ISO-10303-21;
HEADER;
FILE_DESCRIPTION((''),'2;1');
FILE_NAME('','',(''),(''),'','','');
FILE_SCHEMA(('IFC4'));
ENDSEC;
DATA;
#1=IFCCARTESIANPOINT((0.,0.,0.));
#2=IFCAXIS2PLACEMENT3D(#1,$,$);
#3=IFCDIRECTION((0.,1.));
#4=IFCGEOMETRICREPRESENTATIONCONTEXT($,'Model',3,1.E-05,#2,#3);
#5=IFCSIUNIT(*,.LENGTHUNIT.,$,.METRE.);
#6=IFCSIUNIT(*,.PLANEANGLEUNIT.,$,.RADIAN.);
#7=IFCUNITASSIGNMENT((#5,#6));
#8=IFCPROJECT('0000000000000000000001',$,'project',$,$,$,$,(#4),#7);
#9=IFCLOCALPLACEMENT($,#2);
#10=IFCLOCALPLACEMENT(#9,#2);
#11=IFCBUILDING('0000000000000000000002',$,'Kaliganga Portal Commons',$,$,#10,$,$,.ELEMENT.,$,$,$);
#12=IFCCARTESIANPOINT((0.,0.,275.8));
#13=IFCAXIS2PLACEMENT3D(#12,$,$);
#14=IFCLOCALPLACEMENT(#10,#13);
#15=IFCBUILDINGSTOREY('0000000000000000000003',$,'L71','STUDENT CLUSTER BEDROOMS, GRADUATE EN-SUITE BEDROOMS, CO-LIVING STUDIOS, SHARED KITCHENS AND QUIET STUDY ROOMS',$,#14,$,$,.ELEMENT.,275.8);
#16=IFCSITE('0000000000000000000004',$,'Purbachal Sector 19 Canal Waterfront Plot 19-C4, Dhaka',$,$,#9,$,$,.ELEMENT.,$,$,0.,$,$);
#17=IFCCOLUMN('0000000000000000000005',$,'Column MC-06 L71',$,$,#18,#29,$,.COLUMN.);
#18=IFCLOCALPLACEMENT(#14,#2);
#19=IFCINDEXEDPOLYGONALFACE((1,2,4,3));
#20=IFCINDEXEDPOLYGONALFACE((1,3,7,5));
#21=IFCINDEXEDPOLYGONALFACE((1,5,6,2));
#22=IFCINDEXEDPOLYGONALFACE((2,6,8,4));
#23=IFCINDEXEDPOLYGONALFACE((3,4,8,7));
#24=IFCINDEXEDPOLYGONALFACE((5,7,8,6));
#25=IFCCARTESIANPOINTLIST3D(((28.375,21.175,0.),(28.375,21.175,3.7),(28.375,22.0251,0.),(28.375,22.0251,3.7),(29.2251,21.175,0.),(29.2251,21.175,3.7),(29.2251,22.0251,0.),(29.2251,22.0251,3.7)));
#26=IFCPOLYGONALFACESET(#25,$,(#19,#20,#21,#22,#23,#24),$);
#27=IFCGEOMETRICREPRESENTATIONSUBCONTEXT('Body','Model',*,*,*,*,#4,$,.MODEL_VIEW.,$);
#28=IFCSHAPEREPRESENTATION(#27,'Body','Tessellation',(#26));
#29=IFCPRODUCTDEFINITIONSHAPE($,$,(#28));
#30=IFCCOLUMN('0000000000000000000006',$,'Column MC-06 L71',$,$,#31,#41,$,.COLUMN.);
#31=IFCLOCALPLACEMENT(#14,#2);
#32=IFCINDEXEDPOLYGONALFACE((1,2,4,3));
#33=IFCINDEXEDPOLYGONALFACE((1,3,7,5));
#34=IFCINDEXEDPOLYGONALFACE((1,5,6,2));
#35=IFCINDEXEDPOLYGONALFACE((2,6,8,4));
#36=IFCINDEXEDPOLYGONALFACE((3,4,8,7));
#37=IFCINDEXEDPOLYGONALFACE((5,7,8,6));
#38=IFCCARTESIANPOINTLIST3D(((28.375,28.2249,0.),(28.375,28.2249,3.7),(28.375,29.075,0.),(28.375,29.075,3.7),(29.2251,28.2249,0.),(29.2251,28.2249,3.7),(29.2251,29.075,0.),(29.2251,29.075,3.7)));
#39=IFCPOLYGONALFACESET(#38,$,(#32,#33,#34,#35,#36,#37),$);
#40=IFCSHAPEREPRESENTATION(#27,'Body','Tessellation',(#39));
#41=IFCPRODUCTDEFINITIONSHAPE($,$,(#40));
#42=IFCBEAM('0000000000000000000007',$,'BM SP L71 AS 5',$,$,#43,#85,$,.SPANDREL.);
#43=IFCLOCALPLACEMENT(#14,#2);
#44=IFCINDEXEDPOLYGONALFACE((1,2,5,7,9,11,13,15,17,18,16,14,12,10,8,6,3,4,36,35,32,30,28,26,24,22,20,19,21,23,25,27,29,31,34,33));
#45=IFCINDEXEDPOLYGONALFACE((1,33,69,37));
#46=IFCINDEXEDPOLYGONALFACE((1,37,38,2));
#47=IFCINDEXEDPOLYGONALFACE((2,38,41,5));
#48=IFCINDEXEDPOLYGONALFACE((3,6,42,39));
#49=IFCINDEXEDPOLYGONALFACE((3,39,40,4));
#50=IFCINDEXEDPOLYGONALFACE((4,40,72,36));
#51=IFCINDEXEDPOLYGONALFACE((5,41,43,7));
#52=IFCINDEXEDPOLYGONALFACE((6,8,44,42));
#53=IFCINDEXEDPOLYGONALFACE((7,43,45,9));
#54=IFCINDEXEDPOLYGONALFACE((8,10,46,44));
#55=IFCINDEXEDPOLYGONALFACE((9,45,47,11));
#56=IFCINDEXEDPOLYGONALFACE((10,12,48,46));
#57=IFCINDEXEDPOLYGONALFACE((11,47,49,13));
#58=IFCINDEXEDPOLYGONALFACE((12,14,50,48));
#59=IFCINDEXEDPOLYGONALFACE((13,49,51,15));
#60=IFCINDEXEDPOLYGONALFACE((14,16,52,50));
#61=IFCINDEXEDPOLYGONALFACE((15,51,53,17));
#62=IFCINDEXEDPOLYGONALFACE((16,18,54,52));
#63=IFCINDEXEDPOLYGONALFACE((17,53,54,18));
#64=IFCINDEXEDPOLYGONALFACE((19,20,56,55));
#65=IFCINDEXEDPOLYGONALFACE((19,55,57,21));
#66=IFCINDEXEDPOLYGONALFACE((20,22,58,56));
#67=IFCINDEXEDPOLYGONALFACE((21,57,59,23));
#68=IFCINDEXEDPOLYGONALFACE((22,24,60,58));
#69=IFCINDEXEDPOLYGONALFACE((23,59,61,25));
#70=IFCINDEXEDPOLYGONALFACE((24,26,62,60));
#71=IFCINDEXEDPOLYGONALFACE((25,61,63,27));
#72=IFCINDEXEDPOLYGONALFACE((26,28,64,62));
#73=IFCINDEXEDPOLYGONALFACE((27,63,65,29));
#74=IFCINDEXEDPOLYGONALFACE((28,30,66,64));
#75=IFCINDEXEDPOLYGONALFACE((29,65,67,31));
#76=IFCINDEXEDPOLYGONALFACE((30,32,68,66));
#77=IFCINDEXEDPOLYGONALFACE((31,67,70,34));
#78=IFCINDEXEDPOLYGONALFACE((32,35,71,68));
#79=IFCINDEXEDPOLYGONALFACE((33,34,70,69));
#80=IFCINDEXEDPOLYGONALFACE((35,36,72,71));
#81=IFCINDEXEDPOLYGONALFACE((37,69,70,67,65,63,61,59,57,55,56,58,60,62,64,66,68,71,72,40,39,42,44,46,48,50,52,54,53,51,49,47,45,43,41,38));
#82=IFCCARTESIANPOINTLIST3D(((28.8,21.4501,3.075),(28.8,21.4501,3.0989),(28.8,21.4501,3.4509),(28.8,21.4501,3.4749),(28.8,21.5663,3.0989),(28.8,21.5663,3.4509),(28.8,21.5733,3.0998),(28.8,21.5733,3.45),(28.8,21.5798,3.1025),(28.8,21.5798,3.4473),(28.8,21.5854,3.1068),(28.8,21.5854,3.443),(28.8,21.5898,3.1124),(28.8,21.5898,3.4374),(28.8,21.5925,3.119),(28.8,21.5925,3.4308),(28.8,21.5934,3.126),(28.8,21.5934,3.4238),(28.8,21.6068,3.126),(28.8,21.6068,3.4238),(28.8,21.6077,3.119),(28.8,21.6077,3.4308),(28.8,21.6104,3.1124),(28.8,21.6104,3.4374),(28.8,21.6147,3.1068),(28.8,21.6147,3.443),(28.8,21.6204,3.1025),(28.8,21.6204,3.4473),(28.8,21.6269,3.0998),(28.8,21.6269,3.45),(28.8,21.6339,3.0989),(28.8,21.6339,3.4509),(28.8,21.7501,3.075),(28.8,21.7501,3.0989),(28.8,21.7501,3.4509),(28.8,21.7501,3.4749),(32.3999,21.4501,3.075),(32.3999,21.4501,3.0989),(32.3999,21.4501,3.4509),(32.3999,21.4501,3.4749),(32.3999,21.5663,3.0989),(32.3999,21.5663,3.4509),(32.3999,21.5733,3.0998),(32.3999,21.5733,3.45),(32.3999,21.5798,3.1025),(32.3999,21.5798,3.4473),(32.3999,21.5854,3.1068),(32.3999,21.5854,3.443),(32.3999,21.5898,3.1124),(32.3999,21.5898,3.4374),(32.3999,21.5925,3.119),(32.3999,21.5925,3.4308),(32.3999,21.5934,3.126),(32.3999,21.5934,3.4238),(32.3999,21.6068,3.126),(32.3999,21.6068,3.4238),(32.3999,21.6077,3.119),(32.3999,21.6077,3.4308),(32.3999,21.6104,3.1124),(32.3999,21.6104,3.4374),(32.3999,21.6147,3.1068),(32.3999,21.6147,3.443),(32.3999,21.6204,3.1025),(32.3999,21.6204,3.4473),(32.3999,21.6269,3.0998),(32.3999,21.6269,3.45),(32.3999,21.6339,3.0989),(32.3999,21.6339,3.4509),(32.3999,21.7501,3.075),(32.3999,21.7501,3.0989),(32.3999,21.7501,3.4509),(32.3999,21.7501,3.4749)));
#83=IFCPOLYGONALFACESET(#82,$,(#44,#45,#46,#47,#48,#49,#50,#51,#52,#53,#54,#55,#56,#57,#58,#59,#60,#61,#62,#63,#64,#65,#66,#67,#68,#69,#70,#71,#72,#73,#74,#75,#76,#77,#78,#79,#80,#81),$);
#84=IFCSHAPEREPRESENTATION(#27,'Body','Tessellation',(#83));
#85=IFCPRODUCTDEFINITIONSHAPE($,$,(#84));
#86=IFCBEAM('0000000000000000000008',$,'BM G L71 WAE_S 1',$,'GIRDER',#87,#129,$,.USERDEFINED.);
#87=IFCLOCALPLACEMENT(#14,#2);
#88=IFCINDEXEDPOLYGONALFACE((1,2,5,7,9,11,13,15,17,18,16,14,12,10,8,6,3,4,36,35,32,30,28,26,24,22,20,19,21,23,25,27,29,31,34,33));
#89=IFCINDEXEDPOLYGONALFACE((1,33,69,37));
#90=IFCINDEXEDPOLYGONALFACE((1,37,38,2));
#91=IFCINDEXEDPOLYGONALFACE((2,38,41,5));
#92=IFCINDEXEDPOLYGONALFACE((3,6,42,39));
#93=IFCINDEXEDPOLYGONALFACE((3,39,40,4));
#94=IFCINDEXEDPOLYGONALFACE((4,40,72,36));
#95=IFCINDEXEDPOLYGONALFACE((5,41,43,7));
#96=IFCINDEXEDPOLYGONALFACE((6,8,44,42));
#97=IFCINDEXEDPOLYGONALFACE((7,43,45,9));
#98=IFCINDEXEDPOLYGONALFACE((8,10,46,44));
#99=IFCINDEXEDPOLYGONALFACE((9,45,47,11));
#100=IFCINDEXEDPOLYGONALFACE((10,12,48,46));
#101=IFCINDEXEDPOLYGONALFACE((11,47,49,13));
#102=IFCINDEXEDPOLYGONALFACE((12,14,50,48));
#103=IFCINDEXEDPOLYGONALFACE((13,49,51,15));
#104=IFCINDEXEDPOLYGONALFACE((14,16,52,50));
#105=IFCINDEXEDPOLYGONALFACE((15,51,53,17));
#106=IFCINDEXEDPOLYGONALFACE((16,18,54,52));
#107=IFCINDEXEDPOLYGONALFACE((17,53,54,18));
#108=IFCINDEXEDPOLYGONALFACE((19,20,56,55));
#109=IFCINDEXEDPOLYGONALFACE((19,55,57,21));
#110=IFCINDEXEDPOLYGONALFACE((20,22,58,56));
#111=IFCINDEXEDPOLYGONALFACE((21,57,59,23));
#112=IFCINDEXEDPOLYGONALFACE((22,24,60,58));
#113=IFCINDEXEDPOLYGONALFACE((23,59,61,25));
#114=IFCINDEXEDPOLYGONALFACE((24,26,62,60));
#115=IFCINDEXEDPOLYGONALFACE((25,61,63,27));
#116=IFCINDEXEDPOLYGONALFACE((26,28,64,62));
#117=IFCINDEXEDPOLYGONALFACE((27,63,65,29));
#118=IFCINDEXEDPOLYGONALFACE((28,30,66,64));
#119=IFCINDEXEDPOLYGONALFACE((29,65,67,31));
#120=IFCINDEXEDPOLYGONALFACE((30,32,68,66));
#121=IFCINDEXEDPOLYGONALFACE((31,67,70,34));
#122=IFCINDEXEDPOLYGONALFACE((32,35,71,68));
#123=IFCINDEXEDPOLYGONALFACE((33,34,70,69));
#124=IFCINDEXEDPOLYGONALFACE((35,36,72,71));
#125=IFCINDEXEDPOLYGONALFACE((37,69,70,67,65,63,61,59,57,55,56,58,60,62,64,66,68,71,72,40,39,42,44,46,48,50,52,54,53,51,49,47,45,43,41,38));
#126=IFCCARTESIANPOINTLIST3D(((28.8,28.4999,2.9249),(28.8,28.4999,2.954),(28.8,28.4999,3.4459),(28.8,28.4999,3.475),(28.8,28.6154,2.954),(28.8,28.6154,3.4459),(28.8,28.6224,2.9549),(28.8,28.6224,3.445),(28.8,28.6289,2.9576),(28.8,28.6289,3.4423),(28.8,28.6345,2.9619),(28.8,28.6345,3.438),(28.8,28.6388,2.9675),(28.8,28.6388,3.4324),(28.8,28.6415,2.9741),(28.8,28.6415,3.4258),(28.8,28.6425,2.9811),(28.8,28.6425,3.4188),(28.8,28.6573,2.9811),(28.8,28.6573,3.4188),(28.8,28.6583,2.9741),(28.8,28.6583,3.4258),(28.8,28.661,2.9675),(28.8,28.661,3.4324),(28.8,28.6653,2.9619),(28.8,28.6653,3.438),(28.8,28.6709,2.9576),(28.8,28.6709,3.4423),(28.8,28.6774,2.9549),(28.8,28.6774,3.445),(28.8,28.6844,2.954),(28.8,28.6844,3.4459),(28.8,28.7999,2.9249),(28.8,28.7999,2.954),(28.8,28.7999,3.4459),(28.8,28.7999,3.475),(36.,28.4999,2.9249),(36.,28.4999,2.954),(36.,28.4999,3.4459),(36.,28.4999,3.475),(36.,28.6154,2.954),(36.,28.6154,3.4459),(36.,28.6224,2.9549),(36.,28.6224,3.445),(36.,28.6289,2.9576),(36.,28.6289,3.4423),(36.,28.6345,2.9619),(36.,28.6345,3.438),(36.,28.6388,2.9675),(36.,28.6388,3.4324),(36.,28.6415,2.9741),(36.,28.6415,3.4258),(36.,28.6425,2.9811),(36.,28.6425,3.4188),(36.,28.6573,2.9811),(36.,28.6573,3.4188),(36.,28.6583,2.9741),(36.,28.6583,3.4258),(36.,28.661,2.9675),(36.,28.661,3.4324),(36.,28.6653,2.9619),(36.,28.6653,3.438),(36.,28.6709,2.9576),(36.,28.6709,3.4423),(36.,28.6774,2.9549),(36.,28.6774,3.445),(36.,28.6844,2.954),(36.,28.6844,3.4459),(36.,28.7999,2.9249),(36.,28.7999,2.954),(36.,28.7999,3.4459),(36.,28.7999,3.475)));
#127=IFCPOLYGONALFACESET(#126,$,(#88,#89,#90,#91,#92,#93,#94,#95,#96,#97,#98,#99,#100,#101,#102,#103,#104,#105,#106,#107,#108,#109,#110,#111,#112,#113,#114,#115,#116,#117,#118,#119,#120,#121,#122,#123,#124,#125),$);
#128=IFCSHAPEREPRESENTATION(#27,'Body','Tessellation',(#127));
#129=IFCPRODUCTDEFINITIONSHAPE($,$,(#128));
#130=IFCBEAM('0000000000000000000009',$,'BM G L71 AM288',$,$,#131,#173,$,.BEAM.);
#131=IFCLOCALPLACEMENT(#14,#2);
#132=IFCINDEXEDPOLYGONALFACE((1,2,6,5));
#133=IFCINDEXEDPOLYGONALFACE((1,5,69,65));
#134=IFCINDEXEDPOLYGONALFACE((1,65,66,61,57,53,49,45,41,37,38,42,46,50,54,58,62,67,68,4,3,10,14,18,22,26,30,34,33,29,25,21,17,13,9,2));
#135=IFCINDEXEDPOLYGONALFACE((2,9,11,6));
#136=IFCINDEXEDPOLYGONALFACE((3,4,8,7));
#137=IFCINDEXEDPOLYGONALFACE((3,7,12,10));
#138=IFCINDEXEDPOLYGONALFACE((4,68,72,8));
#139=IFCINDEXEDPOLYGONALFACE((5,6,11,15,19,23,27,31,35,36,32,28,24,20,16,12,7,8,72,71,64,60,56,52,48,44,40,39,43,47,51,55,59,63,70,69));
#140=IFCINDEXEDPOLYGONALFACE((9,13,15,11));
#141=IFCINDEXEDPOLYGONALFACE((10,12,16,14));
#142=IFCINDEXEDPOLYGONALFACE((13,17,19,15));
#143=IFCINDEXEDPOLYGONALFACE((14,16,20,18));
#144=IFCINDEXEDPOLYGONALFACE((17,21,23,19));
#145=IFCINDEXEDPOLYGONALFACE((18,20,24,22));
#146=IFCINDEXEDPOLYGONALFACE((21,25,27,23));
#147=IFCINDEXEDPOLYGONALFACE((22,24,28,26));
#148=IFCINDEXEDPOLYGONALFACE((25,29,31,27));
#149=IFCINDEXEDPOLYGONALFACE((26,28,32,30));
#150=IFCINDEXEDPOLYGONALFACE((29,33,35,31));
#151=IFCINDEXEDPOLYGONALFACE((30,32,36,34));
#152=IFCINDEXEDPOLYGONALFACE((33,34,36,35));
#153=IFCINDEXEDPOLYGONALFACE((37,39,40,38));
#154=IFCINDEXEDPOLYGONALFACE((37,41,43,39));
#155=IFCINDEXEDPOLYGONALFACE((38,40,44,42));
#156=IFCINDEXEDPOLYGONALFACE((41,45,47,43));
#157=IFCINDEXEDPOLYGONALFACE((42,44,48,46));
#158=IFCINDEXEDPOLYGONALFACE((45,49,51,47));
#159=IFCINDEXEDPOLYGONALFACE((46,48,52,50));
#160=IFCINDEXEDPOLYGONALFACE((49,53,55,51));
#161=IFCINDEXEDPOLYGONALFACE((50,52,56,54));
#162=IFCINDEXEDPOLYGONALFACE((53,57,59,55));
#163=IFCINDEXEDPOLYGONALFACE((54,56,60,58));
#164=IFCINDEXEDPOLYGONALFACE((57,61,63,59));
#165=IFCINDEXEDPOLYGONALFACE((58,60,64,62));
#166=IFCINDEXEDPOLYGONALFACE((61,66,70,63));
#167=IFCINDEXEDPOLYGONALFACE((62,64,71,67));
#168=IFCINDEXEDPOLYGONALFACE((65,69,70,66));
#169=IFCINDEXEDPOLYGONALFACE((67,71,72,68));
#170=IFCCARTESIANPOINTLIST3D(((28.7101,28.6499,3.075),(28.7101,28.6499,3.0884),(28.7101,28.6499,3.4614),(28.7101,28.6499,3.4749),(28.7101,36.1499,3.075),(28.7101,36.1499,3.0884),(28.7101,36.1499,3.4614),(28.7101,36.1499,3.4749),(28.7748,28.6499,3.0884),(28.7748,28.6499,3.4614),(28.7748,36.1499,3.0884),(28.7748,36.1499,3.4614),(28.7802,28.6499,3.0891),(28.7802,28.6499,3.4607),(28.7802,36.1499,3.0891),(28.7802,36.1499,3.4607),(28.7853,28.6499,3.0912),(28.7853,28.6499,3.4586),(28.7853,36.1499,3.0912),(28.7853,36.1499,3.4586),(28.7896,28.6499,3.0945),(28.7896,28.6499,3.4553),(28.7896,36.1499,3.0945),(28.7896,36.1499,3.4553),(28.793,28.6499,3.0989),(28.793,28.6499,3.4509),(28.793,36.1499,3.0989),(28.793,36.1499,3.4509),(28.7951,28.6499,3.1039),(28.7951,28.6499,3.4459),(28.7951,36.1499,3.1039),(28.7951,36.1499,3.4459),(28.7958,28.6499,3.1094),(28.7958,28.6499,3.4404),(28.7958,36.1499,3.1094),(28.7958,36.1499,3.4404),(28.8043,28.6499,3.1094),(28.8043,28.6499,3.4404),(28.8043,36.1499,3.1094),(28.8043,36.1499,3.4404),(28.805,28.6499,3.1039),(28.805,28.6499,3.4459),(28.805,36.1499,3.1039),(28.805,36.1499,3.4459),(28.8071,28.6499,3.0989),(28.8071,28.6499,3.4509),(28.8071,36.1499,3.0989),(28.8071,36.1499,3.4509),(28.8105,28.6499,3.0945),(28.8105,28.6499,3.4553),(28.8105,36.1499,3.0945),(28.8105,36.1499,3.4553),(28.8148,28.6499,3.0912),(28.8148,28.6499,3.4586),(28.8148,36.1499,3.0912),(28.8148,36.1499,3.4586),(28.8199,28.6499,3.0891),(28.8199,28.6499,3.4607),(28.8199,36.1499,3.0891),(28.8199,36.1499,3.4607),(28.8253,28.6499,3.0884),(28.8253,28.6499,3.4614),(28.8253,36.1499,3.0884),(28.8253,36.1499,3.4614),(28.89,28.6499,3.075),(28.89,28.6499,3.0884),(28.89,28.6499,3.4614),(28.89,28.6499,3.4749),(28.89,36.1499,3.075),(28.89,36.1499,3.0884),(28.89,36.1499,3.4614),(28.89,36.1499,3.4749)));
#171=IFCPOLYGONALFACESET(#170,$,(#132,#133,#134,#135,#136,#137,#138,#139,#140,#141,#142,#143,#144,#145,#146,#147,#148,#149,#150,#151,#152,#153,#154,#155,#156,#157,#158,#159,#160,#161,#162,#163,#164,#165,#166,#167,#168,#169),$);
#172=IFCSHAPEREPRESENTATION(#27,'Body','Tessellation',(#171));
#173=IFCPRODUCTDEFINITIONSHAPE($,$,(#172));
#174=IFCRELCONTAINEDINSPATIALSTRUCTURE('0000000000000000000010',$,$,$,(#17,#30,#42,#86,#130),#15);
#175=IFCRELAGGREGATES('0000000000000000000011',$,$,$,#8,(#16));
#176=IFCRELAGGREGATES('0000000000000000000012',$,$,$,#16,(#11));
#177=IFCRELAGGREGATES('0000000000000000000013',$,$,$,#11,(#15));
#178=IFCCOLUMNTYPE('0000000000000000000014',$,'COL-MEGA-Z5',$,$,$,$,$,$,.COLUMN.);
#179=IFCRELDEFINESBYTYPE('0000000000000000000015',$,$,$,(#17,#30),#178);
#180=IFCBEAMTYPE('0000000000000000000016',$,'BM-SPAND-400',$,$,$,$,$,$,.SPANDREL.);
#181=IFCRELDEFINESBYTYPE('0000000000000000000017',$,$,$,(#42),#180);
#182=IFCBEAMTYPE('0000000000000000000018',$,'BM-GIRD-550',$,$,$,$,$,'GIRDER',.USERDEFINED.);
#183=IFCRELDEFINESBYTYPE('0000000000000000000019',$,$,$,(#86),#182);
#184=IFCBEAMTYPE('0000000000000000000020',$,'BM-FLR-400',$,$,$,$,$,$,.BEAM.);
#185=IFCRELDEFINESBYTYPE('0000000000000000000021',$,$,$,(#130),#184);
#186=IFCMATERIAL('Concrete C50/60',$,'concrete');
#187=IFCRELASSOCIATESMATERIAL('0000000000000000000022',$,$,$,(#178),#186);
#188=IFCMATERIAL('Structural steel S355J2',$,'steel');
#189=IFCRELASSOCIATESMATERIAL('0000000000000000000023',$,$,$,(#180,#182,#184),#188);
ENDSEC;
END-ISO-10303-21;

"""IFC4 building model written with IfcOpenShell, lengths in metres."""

from ifc_helpers import new_model, si_unit, direction, frame, origin, origin_2d, place, context, subcontext, project, spatial, rectangle, i_section, extrude, source, transform, mapped, material, material_profile, profile_set, type_object, element, save


model = new_model("IFC4")

# Units and contexts
model_context = context("Model", 3, precision=1e-05, world=origin(), true_north=direction((0.0, 1.0)))
body_context = subcontext(model_context, "Body", "Model", "MODEL_VIEW")
ifc_project = project(units=[si_unit("LENGTHUNIT", "METRE"), si_unit("PLANEANGLEUNIT", "RADIAN")], contexts=[model_context])

# Site, building, storey
site_placement = place(None, origin())
site = spatial("IfcSite", under=ifc_project, at=site_placement, Name="Purbachal Sector 19 Canal Waterfront Plot 19-C4, Dhaka", CompositionType="ELEMENT", RefElevation=0.0)
building_placement = place(site_placement, origin())
building = spatial("IfcBuilding", under=site, at=building_placement, Name="Kaliganga Portal Commons", CompositionType="ELEMENT")
storey_placement = place(building_placement, frame((0.0, 0.0, 275.8)))
storey = spatial("IfcBuildingStorey", under=building, at=storey_placement, Name="L71", Description="STUDENT CLUSTER BEDROOMS, GRADUATE EN-SUITE BEDROOMS, CO-LIVING STUDIOS, SHARED KITCHENS AND QUIET STUDY ROOMS", CompositionType="ELEMENT", Elevation=275.8)

# Columns
ifc_material_1 = material(Name="Concrete C50/60", Category="concrete")
ifc_material_profile_1 = material_profile(ifc_material_1, rectangle(XDim=0.8501, YDim=0.8501, at=origin_2d()), Name="RC 850x850")
ifc_profile_set_1 = profile_set([ifc_material_profile_1], Name="Concrete C50/60")
column_type = type_object("IfcColumnType", Name="COL-MEGA-Z5", PredefinedType="COLUMN", material=ifc_profile_set_1)
shared_shape_1 = source(origin(), body_context, "Body", "SweptSolid", [
    extrude(rectangle(XDim=0.8501, YDim=0.8501, at=origin_2d()), origin(), (0.0, 0.0, 1.0), 3.7),
])
for number, where, z_axis, x_axis, name in (
    (1, (28.8, 21.6001, 0.0), (0.0, 0.0, 1.0), (1.0, 0.0, 0.0), "Column MC-06 L71"),
    (2, (28.8, 28.6499, 0.0), (0.0, 0.0, 1.0), (1.0, 0.0, 0.0), "Column MC-06 L71"),
):
    element("IfcColumn", number, at=place(storey_placement, frame(where, z_axis=z_axis, x_axis=x_axis)), inside=storey, type_object=column_type, Name=name, PredefinedType="COLUMN", context=body_context, shape_type="MappedRepresentation", body=[
        mapped(shared_shape_1, transform((0.0, 0.0, 0.0), x_axis=(1.0, 0.0, 0.0), y_axis=(0.0, 1.0, 0.0), z_axis=(0.0, 0.0, 1.0), scale=1.0)),
    ])

# Beams
ifc_material_2 = material(Name="Structural steel S355J2", Category="steel")
ifc_material_profile_2 = material_profile(ifc_material_2, i_section(OverallWidth=0.3, OverallDepth=0.3999, WebThickness=0.0134, FlangeThickness=0.0239, FilletRadius=0.0271, at=origin_2d()), Name="HE 400 B")
ifc_profile_set_2 = profile_set([ifc_material_profile_2], Name="Structural steel S355J2 wide-flange")
beam_type_1 = type_object("IfcBeamType", Name="BM-SPAND-400", PredefinedType="SPANDREL", material=ifc_profile_set_2)
shared_shape_2 = source(origin(), body_context, "Body", "SweptSolid", [
    extrude(i_section(OverallWidth=0.3, OverallDepth=0.3999, WebThickness=0.0134, FlangeThickness=0.0239, FilletRadius=0.0271, at=origin_2d()), origin(), (0.0, 0.0, 1.0), 3.5999),
])
beam_1_placement = place(storey_placement, frame((28.8, 21.6001, 3.2749), z_axis=(1.0, 0.0, 0.0), x_axis=(0.0, 1.0, 0.0)))
element("IfcBeam", 3, at=beam_1_placement, inside=storey, type_object=beam_type_1, Name="BM SP L71 AS 5", PredefinedType="SPANDREL", context=body_context, shape_type="MappedRepresentation", body=[
    mapped(shared_shape_2, transform((0.0, 0.0, 0.0), x_axis=(1.0, 0.0, 0.0), y_axis=(0.0, 1.0, 0.0), z_axis=(0.0, 0.0, 1.0), scale=1.0)),
])
ifc_material_profile_3 = material_profile(ifc_material_2, i_section(OverallWidth=0.3, OverallDepth=0.55, WebThickness=0.0149, FlangeThickness=0.0291, FilletRadius=0.0271, at=origin_2d()), Name="HE 550 B")
ifc_profile_set_3 = profile_set([ifc_material_profile_3], Name="Structural steel S355J2 wide-flange")
beam_type_2 = type_object("IfcBeamType", Name="BM-GIRD-550", ElementType="GIRDER", PredefinedType="USERDEFINED", material=ifc_profile_set_3)
shared_shape_3 = source(origin(), body_context, "Body", "SweptSolid", [
    extrude(i_section(OverallWidth=0.3, OverallDepth=0.55, WebThickness=0.0149, FlangeThickness=0.0291, FilletRadius=0.0271, at=origin_2d()), origin(), (0.0, 0.0, 1.0), 7.2),
])
beam_2_placement = place(storey_placement, frame((28.8, 28.6499, 3.2), z_axis=(1.0, 0.0, 0.0), x_axis=(0.0, 1.0, 0.0)))
element("IfcBeam", 4, at=beam_2_placement, inside=storey, type_object=beam_type_2, Name="BM G L71 WAE_S 1", ObjectType="GIRDER", PredefinedType="USERDEFINED", context=body_context, shape_type="MappedRepresentation", body=[
    mapped(shared_shape_3, transform((0.0, 0.0, 0.0), x_axis=(1.0, 0.0, 0.0), y_axis=(0.0, 1.0, 0.0), z_axis=(0.0, 0.0, 1.0), scale=1.0)),
])
ifc_material_profile_4 = material_profile(ifc_material_2, i_section(OverallWidth=0.1799, OverallDepth=0.3999, WebThickness=0.0085, FlangeThickness=0.0134, FilletRadius=0.021, at=origin_2d()), Name="IPE 400")
ifc_profile_set_4 = profile_set([ifc_material_profile_4], Name="Structural steel S355J2 wide-flange")
beam_type_3 = type_object("IfcBeamType", Name="BM-FLR-400", PredefinedType="BEAM", material=ifc_profile_set_4)
shared_shape_4 = source(origin(), body_context, "Body", "SweptSolid", [
    extrude(i_section(OverallWidth=0.1799, OverallDepth=0.3999, WebThickness=0.0085, FlangeThickness=0.0134, FilletRadius=0.021, at=origin_2d()), origin(), (0.0, 0.0, 1.0), 7.5),
])
beam_3_placement = place(storey_placement, frame((28.8, 28.6499, 3.2749), z_axis=(0.0, 1.0, 0.0), x_axis=(-1.0, 0.0, 0.0)))
element("IfcBeam", 5, at=beam_3_placement, inside=storey, type_object=beam_type_3, Name="BM G L71 AM288", PredefinedType="BEAM", context=body_context, shape_type="MappedRepresentation", body=[
    mapped(shared_shape_4, transform((0.0, 0.0, 0.0), x_axis=(1.0, 0.0, 0.0), y_axis=(0.0, 1.0, 0.0), z_axis=(0.0, 0.0, 1.0), scale=1.0)),
])

save(model, "model.ifc")
